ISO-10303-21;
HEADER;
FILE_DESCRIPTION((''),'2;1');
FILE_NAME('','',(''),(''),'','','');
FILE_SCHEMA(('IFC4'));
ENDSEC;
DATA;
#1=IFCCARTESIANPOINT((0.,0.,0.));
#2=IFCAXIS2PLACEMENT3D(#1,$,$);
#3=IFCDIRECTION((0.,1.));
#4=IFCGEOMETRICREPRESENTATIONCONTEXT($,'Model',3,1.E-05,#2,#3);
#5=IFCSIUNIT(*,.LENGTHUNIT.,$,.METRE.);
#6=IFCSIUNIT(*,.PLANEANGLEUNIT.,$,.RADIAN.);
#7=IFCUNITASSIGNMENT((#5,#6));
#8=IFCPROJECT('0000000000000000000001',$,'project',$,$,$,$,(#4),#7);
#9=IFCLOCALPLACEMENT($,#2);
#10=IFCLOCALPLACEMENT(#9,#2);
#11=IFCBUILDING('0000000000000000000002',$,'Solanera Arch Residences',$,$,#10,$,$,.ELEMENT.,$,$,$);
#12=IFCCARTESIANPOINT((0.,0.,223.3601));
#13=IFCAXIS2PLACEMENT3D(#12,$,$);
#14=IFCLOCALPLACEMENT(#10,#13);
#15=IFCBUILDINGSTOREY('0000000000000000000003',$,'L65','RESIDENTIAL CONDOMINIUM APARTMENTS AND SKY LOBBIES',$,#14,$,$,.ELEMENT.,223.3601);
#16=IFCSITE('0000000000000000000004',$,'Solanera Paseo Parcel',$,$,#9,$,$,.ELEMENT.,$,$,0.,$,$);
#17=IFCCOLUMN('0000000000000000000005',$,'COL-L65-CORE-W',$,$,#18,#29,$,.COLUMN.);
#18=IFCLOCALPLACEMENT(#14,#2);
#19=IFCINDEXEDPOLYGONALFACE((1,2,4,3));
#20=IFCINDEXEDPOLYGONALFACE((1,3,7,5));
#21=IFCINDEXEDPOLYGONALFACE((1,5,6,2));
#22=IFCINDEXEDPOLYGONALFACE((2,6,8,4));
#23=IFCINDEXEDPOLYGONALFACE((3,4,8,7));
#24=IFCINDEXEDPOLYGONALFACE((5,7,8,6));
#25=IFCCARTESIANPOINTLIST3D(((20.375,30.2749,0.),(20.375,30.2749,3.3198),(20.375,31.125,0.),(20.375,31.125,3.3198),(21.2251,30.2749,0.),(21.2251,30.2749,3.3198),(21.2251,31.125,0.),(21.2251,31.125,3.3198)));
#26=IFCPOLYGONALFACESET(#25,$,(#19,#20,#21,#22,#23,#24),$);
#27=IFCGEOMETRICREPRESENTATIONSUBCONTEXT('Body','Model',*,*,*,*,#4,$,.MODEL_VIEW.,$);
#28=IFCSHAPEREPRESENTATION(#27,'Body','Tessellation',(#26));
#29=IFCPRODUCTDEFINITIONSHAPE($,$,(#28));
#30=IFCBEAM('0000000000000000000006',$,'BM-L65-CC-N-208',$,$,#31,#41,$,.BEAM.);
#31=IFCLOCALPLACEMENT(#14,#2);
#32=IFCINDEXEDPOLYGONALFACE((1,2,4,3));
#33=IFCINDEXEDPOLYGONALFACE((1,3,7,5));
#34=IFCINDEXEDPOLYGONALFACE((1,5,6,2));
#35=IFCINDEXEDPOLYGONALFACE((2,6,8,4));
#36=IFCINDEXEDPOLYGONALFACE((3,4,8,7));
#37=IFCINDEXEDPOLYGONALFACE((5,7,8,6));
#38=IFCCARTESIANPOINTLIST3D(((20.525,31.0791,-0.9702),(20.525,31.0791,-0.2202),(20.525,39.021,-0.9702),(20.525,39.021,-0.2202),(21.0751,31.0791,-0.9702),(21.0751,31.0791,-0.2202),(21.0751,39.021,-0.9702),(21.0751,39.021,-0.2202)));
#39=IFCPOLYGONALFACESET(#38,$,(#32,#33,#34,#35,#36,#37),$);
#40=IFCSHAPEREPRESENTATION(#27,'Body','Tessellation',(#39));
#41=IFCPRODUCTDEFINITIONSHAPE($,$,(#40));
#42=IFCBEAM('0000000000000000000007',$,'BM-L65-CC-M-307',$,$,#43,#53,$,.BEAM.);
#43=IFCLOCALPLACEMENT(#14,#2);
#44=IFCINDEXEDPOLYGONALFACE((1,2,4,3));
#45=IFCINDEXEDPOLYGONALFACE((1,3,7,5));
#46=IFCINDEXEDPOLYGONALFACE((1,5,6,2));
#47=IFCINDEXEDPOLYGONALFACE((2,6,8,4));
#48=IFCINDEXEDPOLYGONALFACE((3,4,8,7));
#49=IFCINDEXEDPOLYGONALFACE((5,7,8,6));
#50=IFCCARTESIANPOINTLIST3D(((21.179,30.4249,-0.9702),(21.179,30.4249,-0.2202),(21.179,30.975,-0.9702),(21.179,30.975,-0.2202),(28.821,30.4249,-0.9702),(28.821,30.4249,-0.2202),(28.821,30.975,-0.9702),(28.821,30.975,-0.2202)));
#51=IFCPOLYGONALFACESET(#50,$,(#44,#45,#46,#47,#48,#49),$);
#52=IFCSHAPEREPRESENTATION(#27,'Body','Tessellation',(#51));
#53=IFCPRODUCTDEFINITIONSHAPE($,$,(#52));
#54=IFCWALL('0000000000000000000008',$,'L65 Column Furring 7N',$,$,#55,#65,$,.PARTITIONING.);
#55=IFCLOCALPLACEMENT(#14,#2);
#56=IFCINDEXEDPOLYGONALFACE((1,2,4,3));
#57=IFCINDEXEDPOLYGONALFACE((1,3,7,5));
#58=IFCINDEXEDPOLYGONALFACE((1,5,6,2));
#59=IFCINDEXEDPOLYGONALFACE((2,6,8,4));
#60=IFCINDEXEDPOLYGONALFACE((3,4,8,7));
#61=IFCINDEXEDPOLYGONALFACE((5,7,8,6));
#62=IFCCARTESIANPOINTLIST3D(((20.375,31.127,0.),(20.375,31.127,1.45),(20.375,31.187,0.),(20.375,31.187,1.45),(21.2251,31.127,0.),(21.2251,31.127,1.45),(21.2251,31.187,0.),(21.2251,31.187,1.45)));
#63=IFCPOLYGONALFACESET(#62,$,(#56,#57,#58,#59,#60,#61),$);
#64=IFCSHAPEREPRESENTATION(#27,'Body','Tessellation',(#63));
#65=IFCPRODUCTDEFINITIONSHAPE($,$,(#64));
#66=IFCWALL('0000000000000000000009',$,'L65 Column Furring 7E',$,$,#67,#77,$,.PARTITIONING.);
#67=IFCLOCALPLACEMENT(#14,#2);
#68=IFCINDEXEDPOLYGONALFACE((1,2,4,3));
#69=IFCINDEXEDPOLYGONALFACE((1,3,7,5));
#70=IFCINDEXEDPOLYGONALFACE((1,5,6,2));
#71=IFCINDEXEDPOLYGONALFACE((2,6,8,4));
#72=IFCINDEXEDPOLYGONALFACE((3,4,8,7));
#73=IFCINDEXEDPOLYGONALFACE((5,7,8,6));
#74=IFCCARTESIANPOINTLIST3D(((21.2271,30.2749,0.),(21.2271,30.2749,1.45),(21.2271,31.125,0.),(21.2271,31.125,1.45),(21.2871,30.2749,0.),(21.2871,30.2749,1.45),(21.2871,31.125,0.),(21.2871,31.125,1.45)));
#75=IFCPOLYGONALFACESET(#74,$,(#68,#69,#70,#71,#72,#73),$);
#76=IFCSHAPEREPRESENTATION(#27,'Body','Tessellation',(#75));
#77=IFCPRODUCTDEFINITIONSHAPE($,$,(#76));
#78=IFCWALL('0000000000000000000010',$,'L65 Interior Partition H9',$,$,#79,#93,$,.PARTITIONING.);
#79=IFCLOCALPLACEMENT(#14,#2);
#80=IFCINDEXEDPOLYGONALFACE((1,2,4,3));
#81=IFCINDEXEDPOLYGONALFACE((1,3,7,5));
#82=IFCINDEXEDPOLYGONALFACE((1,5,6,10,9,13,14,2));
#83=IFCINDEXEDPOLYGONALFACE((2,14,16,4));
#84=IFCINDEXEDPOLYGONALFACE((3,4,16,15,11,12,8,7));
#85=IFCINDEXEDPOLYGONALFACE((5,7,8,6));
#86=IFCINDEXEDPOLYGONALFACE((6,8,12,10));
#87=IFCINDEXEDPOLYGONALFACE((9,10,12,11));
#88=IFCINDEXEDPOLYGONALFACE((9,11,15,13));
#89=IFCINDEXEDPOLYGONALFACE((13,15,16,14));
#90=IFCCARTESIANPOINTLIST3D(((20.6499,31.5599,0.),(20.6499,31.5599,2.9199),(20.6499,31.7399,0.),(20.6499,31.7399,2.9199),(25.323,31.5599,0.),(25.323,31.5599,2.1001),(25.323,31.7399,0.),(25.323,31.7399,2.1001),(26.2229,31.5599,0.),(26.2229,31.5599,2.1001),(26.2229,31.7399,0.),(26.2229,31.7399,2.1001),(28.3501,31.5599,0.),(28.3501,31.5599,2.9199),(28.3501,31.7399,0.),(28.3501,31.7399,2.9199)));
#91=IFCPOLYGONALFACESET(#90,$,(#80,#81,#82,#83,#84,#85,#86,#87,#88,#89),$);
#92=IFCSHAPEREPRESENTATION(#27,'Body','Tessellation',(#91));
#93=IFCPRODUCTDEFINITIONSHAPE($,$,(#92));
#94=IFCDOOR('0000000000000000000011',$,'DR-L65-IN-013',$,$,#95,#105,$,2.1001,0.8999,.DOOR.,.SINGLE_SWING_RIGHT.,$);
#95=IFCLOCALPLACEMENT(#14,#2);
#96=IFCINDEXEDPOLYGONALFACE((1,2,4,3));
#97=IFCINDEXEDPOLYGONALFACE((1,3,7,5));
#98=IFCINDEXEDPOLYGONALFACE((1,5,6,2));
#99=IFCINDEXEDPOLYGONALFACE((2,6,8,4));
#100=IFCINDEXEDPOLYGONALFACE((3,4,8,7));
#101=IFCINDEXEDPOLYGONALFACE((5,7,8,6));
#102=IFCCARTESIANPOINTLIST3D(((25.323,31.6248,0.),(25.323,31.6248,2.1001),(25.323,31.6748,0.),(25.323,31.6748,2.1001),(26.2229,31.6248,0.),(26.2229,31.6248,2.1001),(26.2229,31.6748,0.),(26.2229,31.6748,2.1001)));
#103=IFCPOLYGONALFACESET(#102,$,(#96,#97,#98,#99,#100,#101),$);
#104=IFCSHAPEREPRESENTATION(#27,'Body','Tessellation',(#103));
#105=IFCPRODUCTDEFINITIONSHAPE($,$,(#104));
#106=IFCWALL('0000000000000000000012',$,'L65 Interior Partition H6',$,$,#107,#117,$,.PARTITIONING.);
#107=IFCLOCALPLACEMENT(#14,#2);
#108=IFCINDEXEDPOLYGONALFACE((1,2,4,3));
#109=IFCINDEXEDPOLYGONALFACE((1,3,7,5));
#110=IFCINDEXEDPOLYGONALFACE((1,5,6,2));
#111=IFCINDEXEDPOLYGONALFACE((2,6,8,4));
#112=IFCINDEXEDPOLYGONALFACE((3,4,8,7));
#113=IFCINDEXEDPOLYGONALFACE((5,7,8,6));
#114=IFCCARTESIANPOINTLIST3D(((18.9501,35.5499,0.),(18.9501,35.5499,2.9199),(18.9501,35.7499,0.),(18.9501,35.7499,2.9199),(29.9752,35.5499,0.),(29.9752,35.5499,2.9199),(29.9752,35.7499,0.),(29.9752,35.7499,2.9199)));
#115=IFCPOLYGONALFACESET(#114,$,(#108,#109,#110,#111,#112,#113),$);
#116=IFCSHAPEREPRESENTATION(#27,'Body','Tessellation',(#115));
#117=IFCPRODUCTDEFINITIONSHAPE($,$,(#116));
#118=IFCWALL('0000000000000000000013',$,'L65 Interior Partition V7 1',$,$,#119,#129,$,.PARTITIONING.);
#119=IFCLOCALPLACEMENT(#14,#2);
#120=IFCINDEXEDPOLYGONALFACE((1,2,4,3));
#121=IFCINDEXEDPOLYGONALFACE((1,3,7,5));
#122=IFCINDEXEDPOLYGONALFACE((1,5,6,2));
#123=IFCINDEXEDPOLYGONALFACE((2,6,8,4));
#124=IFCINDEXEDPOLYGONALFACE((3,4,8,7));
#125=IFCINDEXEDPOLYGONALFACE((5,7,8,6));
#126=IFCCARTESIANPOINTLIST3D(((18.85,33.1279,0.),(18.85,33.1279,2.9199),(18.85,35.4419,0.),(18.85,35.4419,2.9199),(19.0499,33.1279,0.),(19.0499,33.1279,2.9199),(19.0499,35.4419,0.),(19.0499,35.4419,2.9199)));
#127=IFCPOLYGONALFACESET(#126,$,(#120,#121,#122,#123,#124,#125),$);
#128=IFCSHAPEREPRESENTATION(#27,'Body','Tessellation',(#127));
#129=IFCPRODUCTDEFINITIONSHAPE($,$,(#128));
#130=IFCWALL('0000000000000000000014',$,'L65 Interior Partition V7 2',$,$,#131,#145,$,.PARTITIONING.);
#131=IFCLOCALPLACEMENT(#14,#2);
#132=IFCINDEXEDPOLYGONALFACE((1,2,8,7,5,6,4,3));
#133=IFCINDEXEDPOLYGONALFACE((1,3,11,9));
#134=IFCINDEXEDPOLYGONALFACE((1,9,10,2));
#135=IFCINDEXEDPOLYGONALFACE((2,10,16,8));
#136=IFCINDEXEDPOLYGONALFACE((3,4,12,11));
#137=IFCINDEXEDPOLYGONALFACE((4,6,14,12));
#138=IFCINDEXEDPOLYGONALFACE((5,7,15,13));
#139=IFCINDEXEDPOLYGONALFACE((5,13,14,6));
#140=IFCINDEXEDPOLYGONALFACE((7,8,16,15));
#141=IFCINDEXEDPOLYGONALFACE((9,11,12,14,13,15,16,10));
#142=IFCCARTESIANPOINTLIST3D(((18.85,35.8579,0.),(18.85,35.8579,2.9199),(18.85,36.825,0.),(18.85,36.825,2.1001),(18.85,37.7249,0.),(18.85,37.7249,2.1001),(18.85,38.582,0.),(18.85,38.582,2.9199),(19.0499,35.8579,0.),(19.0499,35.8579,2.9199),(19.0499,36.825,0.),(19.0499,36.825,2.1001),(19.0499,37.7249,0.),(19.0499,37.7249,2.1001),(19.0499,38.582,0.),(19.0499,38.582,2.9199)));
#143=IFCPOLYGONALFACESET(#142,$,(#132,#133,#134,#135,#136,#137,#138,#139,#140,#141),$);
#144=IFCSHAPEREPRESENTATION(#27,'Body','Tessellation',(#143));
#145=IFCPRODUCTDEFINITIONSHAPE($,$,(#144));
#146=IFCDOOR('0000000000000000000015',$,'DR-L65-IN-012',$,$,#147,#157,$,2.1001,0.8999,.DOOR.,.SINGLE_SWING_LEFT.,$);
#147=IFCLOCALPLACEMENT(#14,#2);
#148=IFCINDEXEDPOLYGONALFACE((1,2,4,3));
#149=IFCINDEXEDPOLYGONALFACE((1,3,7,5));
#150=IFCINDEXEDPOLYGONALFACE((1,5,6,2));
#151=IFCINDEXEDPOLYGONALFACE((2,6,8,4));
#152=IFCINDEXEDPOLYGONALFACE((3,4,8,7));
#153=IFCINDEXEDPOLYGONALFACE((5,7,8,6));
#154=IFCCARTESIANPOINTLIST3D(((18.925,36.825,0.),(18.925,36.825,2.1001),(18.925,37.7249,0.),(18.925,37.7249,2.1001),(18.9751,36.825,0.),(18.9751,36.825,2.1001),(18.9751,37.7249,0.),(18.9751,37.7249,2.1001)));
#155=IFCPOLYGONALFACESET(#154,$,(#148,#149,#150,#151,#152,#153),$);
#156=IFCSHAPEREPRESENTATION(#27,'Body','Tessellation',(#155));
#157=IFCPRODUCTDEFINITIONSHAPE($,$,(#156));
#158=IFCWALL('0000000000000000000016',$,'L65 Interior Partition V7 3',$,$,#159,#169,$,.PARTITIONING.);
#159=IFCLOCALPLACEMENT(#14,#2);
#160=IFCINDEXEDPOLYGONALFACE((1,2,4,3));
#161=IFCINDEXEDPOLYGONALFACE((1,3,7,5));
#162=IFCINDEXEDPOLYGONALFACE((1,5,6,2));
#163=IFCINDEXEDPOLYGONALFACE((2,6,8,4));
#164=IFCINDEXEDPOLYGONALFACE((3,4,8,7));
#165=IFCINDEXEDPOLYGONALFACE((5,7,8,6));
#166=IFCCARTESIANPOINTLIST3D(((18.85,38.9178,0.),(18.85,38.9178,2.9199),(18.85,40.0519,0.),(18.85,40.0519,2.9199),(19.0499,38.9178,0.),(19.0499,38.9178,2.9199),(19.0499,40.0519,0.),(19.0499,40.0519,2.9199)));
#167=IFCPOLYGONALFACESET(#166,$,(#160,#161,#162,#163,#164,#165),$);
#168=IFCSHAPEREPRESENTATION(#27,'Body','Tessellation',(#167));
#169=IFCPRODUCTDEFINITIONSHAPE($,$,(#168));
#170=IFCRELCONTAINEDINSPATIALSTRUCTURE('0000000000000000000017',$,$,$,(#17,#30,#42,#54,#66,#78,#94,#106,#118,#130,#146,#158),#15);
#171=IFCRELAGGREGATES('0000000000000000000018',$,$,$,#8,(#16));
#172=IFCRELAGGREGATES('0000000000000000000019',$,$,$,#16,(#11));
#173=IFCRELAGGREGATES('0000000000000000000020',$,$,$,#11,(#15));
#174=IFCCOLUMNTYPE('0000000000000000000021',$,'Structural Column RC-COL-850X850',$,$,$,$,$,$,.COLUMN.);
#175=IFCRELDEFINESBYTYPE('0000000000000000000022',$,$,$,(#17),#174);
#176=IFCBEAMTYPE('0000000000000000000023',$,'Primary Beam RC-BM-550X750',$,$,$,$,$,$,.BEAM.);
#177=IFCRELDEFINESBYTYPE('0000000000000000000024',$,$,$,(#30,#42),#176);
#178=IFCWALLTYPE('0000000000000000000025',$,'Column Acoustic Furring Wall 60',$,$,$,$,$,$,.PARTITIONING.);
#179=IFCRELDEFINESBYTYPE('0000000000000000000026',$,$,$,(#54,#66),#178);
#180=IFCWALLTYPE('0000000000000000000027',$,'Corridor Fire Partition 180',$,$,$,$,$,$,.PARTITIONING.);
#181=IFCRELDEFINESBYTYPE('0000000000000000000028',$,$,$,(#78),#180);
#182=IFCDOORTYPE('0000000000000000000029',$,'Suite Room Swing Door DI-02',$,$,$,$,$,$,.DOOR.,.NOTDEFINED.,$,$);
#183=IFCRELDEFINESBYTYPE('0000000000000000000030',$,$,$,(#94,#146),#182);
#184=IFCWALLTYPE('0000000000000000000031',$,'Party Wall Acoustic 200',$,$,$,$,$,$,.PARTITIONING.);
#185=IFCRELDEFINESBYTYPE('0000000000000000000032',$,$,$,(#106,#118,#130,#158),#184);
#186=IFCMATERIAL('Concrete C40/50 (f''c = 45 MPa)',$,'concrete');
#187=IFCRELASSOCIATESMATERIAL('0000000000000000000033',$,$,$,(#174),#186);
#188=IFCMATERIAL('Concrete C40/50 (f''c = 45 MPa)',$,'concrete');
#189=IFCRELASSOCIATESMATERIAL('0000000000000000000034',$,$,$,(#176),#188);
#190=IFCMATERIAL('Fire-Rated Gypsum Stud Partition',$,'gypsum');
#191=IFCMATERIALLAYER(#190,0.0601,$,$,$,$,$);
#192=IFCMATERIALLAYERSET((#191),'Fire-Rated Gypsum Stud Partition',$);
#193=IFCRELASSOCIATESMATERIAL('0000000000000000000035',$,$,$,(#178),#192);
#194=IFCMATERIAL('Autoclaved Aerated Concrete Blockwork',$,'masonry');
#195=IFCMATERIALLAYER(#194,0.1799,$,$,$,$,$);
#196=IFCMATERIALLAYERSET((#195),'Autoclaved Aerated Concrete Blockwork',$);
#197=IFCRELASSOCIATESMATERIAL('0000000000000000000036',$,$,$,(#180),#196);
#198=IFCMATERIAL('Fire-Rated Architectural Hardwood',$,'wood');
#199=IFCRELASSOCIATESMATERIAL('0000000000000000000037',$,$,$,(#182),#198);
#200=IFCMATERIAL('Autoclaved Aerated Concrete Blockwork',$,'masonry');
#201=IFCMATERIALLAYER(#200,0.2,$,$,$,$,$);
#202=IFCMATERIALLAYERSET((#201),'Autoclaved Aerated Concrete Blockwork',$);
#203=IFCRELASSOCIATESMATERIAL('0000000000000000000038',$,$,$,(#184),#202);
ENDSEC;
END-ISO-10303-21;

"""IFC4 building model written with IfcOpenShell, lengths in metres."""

from ifc_helpers import new_model, si_unit, direction, frame, frame_2d, origin, origin_2d, place, context, subcontext, project, spatial, rectangle, extrude, material, layer, layer_set, material_profile, profile_set, type_object, element, fill, save


model = new_model("IFC4")

# Units and contexts
model_context = context("Model", 3, precision=1e-05, world=origin(), true_north=direction((0.0, 1.0)))
body_context = subcontext(model_context, "Body", "Model", "MODEL_VIEW")
ifc_project = project(units=[si_unit("LENGTHUNIT", "METRE"), si_unit("PLANEANGLEUNIT", "RADIAN")], contexts=[model_context])

# Site, building, storey
site_placement = place(None, origin())
site = spatial("IfcSite", under=ifc_project, at=site_placement, Name="Solanera Paseo Parcel", CompositionType="ELEMENT", RefElevation=0.0)
building_placement = place(site_placement, origin())
building = spatial("IfcBuilding", under=site, at=building_placement, Name="Solanera Arch Residences", CompositionType="ELEMENT")
storey_placement = place(building_placement, frame((0.0, 0.0, 223.3601)))
storey = spatial("IfcBuildingStorey", under=building, at=storey_placement, Name="L65", Description="RESIDENTIAL CONDOMINIUM APARTMENTS AND SKY LOBBIES", CompositionType="ELEMENT", Elevation=223.3601)

# Column
ifc_material_1 = material(Name="Concrete C40/50 (f'c = 45 MPa)", Category="concrete")
ifc_material_profile_1 = material_profile(ifc_material_1, rectangle(XDim=0.8501, YDim=0.8501, at=origin_2d()))
ifc_profile_set_1 = profile_set([ifc_material_profile_1], Name="Concrete C40/50 (f'c = 45 MPa)")
column_type = type_object("IfcColumnType", Name="Structural Column RC-COL-850X850", PredefinedType="COLUMN", material=ifc_profile_set_1)
column_placement = place(storey_placement, frame((20.8, 30.7, 0.0), z_axis=(0.0, 0.0, 1.0), x_axis=(1.0, 0.0, 0.0)))
element("IfcColumn", 1, at=column_placement, inside=storey, type_object=column_type, Name="COL-L65-CORE-W", PredefinedType="COLUMN", context=body_context, shape_type="SweptSolid", body=[
    extrude(rectangle(XDim=0.8501, YDim=0.8501, at=origin_2d()), origin(), (0.0, 0.0, 1.0), 3.3198),
])

# Beams
ifc_material_2 = material(Name="Concrete C40/50 (f'c = 45 MPa)", Category="concrete")
ifc_material_profile_2 = material_profile(ifc_material_2, rectangle(XDim=0.55, YDim=0.75, at=origin_2d()))
ifc_profile_set_2 = profile_set([ifc_material_profile_2], Name="Concrete C40/50 (f'c = 45 MPa)")
beam_type = type_object("IfcBeamType", Name="Primary Beam RC-BM-550X750", PredefinedType="BEAM", material=ifc_profile_set_2)
beam_1_placement = place(storey_placement, frame((20.8, 31.0791, -0.5952), z_axis=(0.0, 1.0, 0.0), x_axis=(-1.0, 0.0, 0.0)))
element("IfcBeam", 2, at=beam_1_placement, inside=storey, type_object=beam_type, Name="BM-L65-CC-N-208", PredefinedType="BEAM", context=body_context, shape_type="SweptSolid", body=[
    extrude(rectangle(XDim=0.55, YDim=0.75, at=origin_2d()), origin(), (0.0, 0.0, 1.0), 7.9419),
])
beam_2_placement = place(storey_placement, frame((21.179, 30.7, -0.5952), z_axis=(1.0, 0.0, 0.0), x_axis=(0.0, 1.0, 0.0)))
element("IfcBeam", 3, at=beam_2_placement, inside=storey, type_object=beam_type, Name="BM-L65-CC-M-307", PredefinedType="BEAM", context=body_context, shape_type="SweptSolid", body=[
    extrude(rectangle(XDim=0.55, YDim=0.75, at=origin_2d()), origin(), (0.0, 0.0, 1.0), 7.6421),
])

# Walls
ifc_material_3 = material(Name="Fire-Rated Gypsum Stud Partition", Category="gypsum")
ifc_layer_1 = layer(ifc_material_3, 0.0601)
ifc_layer_set_1 = layer_set([ifc_layer_1], Name="Fire-Rated Gypsum Stud Partition")
wall_type_1 = type_object("IfcWallType", Name="Column Acoustic Furring Wall 60", PredefinedType="PARTITIONING", material=ifc_layer_set_1)
for number, where, z_axis, x_axis, name in (
    (4, (20.375, 31.157, 0.0), (0.0, 0.0, 1.0), (1.0, 0.0, 0.0), "L65 Column Furring 7N"),
    (5, (21.2571, 30.2749, 0.0), (0.0, 0.0, 1.0), (0.0, 1.0, 0.0), "L65 Column Furring 7E"),
):
    element("IfcWall", number, at=place(storey_placement, frame(where, z_axis=z_axis, x_axis=x_axis)), inside=storey, type_object=wall_type_1, Name=name, PredefinedType="PARTITIONING", context=body_context, shape_type="SweptSolid", body=[
        extrude(rectangle(XDim=0.8501, YDim=0.0601, at=frame_2d((0.425, 0.0))), origin(), (0.0, 0.0, 1.0), 1.45),
    ])

# Wall, opening, door
ifc_material_4 = material(Name="Autoclaved Aerated Concrete Blockwork", Category="masonry")
ifc_layer_2 = layer(ifc_material_4, 0.1799)
ifc_layer_set_2 = layer_set([ifc_layer_2], Name="Autoclaved Aerated Concrete Blockwork")
wall_type_2 = type_object("IfcWallType", Name="Corridor Fire Partition 180", PredefinedType="PARTITIONING", material=ifc_layer_set_2)
wall_1_placement = place(storey_placement, frame((20.6499, 31.6499, 0.0), z_axis=(0.0, 0.0, 1.0), x_axis=(1.0, 0.0, 0.0)))
wall_1 = element("IfcWall", 6, at=wall_1_placement, inside=storey, type_object=wall_type_2, Name="L65 Interior Partition H9", PredefinedType="PARTITIONING", context=body_context, shape_type="SweptSolid", body=[
    extrude(rectangle(XDim=7.7002, YDim=0.1799, at=frame_2d((3.8501, 0.0))), origin(), (0.0, 0.0, 1.0), 2.9199),
])
opening_1_placement = place(wall_1_placement, frame((4.6731, 0.0, 0.0)))
opening_1 = element("IfcOpeningElement", 7, at=opening_1_placement, cuts=wall_1, PredefinedType="OPENING", context=body_context, shape_type="SweptSolid", body=[
    extrude(rectangle(XDim=0.8999, YDim=2.1001, at=frame_2d((0.45, 1.05))), frame((0.0, 0.1001, 0.0), z_axis=(0.0, -1.0, 0.0), x_axis=(1.0, 0.0, 0.0)), (0.0, 0.0, 1.0), 0.1999),
])
ifc_material_5 = material(Name="Fire-Rated Architectural Hardwood", Category="wood")
door_type_1 = type_object("IfcDoorType", Name="Suite Room Swing Door DI-02", OperationType="NOTDEFINED", PredefinedType="DOOR", material=ifc_material_5)
door_1_placement = place(opening_1_placement, origin())
door_1 = element("IfcDoor", 8, at=door_1_placement, inside=storey, type_object=door_type_1, Name="DR-L65-IN-013", OperationType="SINGLE_SWING_RIGHT", OverallHeight=2.1001, OverallWidth=0.8999, PredefinedType="DOOR", context=body_context, shape_type="SweptSolid", body=[
    extrude(rectangle(XDim=0.8999, YDim=2.1001, at=frame_2d((0.45, 1.05))), frame((0.0, 0.0249, 0.0), z_axis=(0.0, -1.0, 0.0), x_axis=(1.0, 0.0, 0.0)), (0.0, 0.0, 1.0), 0.05),
])
fill(opening_1, door_1)

# Walls
ifc_material_6 = material(Name="Autoclaved Aerated Concrete Blockwork", Category="masonry")
ifc_layer_3 = layer(ifc_material_6, 0.2)
ifc_layer_set_3 = layer_set([ifc_layer_3], Name="Autoclaved Aerated Concrete Blockwork")
wall_type_3 = type_object("IfcWallType", Name="Party Wall Acoustic 200", PredefinedType="PARTITIONING", material=ifc_layer_set_3)
wall_2_placement = place(storey_placement, frame((18.95, 35.6499, 0.0), z_axis=(0.0, 0.0, 1.0), x_axis=(1.0, 0.0, 0.0)))
element("IfcWall", 9, at=wall_2_placement, inside=storey, type_object=wall_type_3, Name="L65 Interior Partition H6", PredefinedType="PARTITIONING", context=body_context, shape_type="SweptSolid", body=[
    extrude(rectangle(XDim=11.0251, YDim=0.2, at=frame_2d((5.5127, 0.0))), origin(), (0.0, 0.0, 1.0), 2.9199),
])
wall_3_placement = place(storey_placement, frame((18.95, 33.1279, 0.0), z_axis=(0.0, 0.0, 1.0), x_axis=(0.0, 1.0, 0.0)))
element("IfcWall", 10, at=wall_3_placement, inside=storey, type_object=wall_type_3, Name="L65 Interior Partition V7 1", PredefinedType="PARTITIONING", context=body_context, shape_type="SweptSolid", body=[
    extrude(rectangle(XDim=2.314, YDim=0.2, at=frame_2d((1.157, 0.0))), origin(), (0.0, 0.0, 1.0), 2.9199),
])

# Wall, opening, door
wall_4_placement = place(storey_placement, frame((18.95, 35.8579, 0.0), z_axis=(0.0, 0.0, 1.0), x_axis=(0.0, 1.0, 0.0)))
wall_4 = element("IfcWall", 11, at=wall_4_placement, inside=storey, type_object=wall_type_3, Name="L65 Interior Partition V7 2", PredefinedType="PARTITIONING", context=body_context, shape_type="SweptSolid", body=[
    extrude(rectangle(XDim=2.7241, YDim=0.2, at=frame_2d((1.3621, 0.0))), origin(), (0.0, 0.0, 1.0), 2.9199),
])
opening_2_placement = place(wall_4_placement, frame((0.967, 0.0, 0.0)))
opening_2 = element("IfcOpeningElement", 12, at=opening_2_placement, cuts=wall_4, PredefinedType="OPENING", context=body_context, shape_type="SweptSolid", body=[
    extrude(rectangle(XDim=0.8999, YDim=2.1001, at=frame_2d((0.45, 1.05))), frame((0.0, 0.1101, 0.0), z_axis=(0.0, -1.0, 0.0), x_axis=(1.0, 0.0, 0.0)), (0.0, 0.0, 1.0), 0.22),
])
door_2_placement = place(opening_2_placement, origin())
door_2 = element("IfcDoor", 13, at=door_2_placement, inside=storey, type_object=door_type_1, Name="DR-L65-IN-012", OperationType="SINGLE_SWING_LEFT", OverallHeight=2.1001, OverallWidth=0.8999, PredefinedType="DOOR", context=body_context, shape_type="SweptSolid", body=[
    extrude(rectangle(XDim=0.8999, YDim=2.1001, at=frame_2d((0.45, 1.05))), frame((0.0, 0.0249, 0.0), z_axis=(0.0, -1.0, 0.0), x_axis=(1.0, 0.0, 0.0)), (0.0, 0.0, 1.0), 0.05),
])
fill(opening_2, door_2)

# Wall
wall_5_placement = place(storey_placement, frame((18.95, 38.918, 0.0), z_axis=(0.0, 0.0, 1.0), x_axis=(0.0, 1.0, 0.0)))
element("IfcWall", 14, at=wall_5_placement, inside=storey, type_object=wall_type_3, Name="L65 Interior Partition V7 3", PredefinedType="PARTITIONING", context=body_context, shape_type="SweptSolid", body=[
    extrude(rectangle(XDim=1.134, YDim=0.2, at=frame_2d((0.5669, 0.0))), origin(), (0.0, 0.0, 1.0), 2.9199),
])

save(model, "model.ifc")
